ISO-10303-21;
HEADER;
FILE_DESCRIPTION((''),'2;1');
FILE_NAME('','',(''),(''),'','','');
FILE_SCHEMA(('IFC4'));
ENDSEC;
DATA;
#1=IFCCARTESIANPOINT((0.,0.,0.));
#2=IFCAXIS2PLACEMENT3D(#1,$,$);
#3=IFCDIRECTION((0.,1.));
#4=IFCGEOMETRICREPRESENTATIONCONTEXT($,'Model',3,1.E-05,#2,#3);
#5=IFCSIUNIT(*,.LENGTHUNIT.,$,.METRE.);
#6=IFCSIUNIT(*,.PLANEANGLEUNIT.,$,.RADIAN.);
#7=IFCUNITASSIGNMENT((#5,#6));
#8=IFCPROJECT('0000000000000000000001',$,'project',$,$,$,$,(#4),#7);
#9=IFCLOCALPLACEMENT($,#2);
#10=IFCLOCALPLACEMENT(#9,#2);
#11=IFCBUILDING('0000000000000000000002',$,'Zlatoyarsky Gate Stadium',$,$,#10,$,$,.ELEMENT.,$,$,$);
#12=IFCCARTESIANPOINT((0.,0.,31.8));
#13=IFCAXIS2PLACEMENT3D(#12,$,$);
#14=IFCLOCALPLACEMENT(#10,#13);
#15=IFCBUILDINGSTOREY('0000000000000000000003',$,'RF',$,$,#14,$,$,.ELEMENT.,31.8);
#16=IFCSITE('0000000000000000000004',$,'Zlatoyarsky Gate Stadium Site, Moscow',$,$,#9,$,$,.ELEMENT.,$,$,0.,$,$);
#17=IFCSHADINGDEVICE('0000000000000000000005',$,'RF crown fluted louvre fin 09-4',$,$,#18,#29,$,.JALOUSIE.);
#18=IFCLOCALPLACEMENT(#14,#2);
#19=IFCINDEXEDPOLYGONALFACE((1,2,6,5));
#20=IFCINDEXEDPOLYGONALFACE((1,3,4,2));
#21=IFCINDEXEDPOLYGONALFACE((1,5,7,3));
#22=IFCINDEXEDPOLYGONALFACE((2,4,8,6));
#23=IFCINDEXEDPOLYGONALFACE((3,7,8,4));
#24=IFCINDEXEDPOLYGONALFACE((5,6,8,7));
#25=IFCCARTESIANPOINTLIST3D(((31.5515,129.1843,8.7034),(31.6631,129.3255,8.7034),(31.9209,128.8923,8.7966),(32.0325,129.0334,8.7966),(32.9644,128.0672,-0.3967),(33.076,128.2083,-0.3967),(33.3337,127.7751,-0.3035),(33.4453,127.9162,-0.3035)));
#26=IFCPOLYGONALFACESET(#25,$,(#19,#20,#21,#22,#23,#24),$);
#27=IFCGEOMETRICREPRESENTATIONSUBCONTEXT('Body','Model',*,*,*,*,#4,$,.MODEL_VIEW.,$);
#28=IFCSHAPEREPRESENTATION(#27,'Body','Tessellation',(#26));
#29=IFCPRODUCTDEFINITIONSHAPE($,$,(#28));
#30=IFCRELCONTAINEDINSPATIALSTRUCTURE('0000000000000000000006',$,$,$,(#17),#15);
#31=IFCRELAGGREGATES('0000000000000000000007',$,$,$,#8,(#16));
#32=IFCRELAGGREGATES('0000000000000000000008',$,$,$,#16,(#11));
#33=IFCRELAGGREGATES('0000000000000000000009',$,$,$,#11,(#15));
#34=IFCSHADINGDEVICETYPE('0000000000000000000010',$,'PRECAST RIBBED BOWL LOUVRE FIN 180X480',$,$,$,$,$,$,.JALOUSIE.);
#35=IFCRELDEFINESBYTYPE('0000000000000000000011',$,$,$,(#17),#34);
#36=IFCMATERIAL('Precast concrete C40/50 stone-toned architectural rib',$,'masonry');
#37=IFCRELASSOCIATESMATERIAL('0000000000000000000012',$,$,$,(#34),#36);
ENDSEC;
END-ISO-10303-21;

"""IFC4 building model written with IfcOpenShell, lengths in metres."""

from ifc_helpers import new_model, si_unit, direction, frame, origin, origin_2d, place, context, subcontext, project, spatial, rectangle, extrude, material, material_profile, profile_set, type_object, element, save


model = new_model("IFC4")

# Units and contexts
model_context = context("Model", 3, precision=1e-05, world=origin(), true_north=direction((0.0, 1.0)))
body_context = subcontext(model_context, "Body", "Model", "MODEL_VIEW")
ifc_project = project(units=[si_unit("LENGTHUNIT", "METRE"), si_unit("PLANEANGLEUNIT", "RADIAN")], contexts=[model_context])

# Site, building, storey
site_placement = place(None, origin())
site = spatial("IfcSite", under=ifc_project, at=site_placement, Name="Zlatoyarsky Gate Stadium Site, Moscow", CompositionType="ELEMENT", RefElevation=0.0)
building_placement = place(site_placement, origin())
building = spatial("IfcBuilding", under=site, at=building_placement, Name="Zlatoyarsky Gate Stadium", CompositionType="ELEMENT")
storey_placement = place(building_placement, frame((0.0, 0.0, 31.8)))
storey = spatial("IfcBuildingStorey", under=building, at=storey_placement, Name="RF", CompositionType="ELEMENT", Elevation=31.8)

# Shading device
ifc_material_1 = material(Name="Precast concrete C40/50 stone-toned architectural rib", Category="masonry")
ifc_material_profile_1 = material_profile(ifc_material_1, rectangle(XDim=0.1799, YDim=0.48, at=origin_2d()), Name="RIB 180X480")
ifc_profile_set_1 = profile_set([ifc_material_profile_1], Name="Precast concrete C40/50 stone-toned architectural rib")
shading_device_type = type_object("IfcShadingDeviceType", Name="PRECAST RIBBED BOWL LOUVRE FIN 180X480", PredefinedType="JALOUSIE", material=ifc_profile_set_1)
shading_device_1_placement = place(storey_placement, frame((33.2048, 127.9917, -0.3501), z_axis=(-0.152301, 0.12043, 0.980969), x_axis=(-0.620255, -0.7844, 0.0)))
element("IfcShadingDevice", 1, at=shading_device_1_placement, inside=storey, type_object=shading_device_type, Name="RF crown fluted louvre fin 09-4", PredefinedType="JALOUSIE", context=body_context, shape_type="SweptSolid", body=[
    extrude(rectangle(XDim=0.1799, YDim=0.48, at=origin_2d()), origin(), (0.0, 0.0, 1.0), 9.2766),
])

save(model, "model.ifc")
